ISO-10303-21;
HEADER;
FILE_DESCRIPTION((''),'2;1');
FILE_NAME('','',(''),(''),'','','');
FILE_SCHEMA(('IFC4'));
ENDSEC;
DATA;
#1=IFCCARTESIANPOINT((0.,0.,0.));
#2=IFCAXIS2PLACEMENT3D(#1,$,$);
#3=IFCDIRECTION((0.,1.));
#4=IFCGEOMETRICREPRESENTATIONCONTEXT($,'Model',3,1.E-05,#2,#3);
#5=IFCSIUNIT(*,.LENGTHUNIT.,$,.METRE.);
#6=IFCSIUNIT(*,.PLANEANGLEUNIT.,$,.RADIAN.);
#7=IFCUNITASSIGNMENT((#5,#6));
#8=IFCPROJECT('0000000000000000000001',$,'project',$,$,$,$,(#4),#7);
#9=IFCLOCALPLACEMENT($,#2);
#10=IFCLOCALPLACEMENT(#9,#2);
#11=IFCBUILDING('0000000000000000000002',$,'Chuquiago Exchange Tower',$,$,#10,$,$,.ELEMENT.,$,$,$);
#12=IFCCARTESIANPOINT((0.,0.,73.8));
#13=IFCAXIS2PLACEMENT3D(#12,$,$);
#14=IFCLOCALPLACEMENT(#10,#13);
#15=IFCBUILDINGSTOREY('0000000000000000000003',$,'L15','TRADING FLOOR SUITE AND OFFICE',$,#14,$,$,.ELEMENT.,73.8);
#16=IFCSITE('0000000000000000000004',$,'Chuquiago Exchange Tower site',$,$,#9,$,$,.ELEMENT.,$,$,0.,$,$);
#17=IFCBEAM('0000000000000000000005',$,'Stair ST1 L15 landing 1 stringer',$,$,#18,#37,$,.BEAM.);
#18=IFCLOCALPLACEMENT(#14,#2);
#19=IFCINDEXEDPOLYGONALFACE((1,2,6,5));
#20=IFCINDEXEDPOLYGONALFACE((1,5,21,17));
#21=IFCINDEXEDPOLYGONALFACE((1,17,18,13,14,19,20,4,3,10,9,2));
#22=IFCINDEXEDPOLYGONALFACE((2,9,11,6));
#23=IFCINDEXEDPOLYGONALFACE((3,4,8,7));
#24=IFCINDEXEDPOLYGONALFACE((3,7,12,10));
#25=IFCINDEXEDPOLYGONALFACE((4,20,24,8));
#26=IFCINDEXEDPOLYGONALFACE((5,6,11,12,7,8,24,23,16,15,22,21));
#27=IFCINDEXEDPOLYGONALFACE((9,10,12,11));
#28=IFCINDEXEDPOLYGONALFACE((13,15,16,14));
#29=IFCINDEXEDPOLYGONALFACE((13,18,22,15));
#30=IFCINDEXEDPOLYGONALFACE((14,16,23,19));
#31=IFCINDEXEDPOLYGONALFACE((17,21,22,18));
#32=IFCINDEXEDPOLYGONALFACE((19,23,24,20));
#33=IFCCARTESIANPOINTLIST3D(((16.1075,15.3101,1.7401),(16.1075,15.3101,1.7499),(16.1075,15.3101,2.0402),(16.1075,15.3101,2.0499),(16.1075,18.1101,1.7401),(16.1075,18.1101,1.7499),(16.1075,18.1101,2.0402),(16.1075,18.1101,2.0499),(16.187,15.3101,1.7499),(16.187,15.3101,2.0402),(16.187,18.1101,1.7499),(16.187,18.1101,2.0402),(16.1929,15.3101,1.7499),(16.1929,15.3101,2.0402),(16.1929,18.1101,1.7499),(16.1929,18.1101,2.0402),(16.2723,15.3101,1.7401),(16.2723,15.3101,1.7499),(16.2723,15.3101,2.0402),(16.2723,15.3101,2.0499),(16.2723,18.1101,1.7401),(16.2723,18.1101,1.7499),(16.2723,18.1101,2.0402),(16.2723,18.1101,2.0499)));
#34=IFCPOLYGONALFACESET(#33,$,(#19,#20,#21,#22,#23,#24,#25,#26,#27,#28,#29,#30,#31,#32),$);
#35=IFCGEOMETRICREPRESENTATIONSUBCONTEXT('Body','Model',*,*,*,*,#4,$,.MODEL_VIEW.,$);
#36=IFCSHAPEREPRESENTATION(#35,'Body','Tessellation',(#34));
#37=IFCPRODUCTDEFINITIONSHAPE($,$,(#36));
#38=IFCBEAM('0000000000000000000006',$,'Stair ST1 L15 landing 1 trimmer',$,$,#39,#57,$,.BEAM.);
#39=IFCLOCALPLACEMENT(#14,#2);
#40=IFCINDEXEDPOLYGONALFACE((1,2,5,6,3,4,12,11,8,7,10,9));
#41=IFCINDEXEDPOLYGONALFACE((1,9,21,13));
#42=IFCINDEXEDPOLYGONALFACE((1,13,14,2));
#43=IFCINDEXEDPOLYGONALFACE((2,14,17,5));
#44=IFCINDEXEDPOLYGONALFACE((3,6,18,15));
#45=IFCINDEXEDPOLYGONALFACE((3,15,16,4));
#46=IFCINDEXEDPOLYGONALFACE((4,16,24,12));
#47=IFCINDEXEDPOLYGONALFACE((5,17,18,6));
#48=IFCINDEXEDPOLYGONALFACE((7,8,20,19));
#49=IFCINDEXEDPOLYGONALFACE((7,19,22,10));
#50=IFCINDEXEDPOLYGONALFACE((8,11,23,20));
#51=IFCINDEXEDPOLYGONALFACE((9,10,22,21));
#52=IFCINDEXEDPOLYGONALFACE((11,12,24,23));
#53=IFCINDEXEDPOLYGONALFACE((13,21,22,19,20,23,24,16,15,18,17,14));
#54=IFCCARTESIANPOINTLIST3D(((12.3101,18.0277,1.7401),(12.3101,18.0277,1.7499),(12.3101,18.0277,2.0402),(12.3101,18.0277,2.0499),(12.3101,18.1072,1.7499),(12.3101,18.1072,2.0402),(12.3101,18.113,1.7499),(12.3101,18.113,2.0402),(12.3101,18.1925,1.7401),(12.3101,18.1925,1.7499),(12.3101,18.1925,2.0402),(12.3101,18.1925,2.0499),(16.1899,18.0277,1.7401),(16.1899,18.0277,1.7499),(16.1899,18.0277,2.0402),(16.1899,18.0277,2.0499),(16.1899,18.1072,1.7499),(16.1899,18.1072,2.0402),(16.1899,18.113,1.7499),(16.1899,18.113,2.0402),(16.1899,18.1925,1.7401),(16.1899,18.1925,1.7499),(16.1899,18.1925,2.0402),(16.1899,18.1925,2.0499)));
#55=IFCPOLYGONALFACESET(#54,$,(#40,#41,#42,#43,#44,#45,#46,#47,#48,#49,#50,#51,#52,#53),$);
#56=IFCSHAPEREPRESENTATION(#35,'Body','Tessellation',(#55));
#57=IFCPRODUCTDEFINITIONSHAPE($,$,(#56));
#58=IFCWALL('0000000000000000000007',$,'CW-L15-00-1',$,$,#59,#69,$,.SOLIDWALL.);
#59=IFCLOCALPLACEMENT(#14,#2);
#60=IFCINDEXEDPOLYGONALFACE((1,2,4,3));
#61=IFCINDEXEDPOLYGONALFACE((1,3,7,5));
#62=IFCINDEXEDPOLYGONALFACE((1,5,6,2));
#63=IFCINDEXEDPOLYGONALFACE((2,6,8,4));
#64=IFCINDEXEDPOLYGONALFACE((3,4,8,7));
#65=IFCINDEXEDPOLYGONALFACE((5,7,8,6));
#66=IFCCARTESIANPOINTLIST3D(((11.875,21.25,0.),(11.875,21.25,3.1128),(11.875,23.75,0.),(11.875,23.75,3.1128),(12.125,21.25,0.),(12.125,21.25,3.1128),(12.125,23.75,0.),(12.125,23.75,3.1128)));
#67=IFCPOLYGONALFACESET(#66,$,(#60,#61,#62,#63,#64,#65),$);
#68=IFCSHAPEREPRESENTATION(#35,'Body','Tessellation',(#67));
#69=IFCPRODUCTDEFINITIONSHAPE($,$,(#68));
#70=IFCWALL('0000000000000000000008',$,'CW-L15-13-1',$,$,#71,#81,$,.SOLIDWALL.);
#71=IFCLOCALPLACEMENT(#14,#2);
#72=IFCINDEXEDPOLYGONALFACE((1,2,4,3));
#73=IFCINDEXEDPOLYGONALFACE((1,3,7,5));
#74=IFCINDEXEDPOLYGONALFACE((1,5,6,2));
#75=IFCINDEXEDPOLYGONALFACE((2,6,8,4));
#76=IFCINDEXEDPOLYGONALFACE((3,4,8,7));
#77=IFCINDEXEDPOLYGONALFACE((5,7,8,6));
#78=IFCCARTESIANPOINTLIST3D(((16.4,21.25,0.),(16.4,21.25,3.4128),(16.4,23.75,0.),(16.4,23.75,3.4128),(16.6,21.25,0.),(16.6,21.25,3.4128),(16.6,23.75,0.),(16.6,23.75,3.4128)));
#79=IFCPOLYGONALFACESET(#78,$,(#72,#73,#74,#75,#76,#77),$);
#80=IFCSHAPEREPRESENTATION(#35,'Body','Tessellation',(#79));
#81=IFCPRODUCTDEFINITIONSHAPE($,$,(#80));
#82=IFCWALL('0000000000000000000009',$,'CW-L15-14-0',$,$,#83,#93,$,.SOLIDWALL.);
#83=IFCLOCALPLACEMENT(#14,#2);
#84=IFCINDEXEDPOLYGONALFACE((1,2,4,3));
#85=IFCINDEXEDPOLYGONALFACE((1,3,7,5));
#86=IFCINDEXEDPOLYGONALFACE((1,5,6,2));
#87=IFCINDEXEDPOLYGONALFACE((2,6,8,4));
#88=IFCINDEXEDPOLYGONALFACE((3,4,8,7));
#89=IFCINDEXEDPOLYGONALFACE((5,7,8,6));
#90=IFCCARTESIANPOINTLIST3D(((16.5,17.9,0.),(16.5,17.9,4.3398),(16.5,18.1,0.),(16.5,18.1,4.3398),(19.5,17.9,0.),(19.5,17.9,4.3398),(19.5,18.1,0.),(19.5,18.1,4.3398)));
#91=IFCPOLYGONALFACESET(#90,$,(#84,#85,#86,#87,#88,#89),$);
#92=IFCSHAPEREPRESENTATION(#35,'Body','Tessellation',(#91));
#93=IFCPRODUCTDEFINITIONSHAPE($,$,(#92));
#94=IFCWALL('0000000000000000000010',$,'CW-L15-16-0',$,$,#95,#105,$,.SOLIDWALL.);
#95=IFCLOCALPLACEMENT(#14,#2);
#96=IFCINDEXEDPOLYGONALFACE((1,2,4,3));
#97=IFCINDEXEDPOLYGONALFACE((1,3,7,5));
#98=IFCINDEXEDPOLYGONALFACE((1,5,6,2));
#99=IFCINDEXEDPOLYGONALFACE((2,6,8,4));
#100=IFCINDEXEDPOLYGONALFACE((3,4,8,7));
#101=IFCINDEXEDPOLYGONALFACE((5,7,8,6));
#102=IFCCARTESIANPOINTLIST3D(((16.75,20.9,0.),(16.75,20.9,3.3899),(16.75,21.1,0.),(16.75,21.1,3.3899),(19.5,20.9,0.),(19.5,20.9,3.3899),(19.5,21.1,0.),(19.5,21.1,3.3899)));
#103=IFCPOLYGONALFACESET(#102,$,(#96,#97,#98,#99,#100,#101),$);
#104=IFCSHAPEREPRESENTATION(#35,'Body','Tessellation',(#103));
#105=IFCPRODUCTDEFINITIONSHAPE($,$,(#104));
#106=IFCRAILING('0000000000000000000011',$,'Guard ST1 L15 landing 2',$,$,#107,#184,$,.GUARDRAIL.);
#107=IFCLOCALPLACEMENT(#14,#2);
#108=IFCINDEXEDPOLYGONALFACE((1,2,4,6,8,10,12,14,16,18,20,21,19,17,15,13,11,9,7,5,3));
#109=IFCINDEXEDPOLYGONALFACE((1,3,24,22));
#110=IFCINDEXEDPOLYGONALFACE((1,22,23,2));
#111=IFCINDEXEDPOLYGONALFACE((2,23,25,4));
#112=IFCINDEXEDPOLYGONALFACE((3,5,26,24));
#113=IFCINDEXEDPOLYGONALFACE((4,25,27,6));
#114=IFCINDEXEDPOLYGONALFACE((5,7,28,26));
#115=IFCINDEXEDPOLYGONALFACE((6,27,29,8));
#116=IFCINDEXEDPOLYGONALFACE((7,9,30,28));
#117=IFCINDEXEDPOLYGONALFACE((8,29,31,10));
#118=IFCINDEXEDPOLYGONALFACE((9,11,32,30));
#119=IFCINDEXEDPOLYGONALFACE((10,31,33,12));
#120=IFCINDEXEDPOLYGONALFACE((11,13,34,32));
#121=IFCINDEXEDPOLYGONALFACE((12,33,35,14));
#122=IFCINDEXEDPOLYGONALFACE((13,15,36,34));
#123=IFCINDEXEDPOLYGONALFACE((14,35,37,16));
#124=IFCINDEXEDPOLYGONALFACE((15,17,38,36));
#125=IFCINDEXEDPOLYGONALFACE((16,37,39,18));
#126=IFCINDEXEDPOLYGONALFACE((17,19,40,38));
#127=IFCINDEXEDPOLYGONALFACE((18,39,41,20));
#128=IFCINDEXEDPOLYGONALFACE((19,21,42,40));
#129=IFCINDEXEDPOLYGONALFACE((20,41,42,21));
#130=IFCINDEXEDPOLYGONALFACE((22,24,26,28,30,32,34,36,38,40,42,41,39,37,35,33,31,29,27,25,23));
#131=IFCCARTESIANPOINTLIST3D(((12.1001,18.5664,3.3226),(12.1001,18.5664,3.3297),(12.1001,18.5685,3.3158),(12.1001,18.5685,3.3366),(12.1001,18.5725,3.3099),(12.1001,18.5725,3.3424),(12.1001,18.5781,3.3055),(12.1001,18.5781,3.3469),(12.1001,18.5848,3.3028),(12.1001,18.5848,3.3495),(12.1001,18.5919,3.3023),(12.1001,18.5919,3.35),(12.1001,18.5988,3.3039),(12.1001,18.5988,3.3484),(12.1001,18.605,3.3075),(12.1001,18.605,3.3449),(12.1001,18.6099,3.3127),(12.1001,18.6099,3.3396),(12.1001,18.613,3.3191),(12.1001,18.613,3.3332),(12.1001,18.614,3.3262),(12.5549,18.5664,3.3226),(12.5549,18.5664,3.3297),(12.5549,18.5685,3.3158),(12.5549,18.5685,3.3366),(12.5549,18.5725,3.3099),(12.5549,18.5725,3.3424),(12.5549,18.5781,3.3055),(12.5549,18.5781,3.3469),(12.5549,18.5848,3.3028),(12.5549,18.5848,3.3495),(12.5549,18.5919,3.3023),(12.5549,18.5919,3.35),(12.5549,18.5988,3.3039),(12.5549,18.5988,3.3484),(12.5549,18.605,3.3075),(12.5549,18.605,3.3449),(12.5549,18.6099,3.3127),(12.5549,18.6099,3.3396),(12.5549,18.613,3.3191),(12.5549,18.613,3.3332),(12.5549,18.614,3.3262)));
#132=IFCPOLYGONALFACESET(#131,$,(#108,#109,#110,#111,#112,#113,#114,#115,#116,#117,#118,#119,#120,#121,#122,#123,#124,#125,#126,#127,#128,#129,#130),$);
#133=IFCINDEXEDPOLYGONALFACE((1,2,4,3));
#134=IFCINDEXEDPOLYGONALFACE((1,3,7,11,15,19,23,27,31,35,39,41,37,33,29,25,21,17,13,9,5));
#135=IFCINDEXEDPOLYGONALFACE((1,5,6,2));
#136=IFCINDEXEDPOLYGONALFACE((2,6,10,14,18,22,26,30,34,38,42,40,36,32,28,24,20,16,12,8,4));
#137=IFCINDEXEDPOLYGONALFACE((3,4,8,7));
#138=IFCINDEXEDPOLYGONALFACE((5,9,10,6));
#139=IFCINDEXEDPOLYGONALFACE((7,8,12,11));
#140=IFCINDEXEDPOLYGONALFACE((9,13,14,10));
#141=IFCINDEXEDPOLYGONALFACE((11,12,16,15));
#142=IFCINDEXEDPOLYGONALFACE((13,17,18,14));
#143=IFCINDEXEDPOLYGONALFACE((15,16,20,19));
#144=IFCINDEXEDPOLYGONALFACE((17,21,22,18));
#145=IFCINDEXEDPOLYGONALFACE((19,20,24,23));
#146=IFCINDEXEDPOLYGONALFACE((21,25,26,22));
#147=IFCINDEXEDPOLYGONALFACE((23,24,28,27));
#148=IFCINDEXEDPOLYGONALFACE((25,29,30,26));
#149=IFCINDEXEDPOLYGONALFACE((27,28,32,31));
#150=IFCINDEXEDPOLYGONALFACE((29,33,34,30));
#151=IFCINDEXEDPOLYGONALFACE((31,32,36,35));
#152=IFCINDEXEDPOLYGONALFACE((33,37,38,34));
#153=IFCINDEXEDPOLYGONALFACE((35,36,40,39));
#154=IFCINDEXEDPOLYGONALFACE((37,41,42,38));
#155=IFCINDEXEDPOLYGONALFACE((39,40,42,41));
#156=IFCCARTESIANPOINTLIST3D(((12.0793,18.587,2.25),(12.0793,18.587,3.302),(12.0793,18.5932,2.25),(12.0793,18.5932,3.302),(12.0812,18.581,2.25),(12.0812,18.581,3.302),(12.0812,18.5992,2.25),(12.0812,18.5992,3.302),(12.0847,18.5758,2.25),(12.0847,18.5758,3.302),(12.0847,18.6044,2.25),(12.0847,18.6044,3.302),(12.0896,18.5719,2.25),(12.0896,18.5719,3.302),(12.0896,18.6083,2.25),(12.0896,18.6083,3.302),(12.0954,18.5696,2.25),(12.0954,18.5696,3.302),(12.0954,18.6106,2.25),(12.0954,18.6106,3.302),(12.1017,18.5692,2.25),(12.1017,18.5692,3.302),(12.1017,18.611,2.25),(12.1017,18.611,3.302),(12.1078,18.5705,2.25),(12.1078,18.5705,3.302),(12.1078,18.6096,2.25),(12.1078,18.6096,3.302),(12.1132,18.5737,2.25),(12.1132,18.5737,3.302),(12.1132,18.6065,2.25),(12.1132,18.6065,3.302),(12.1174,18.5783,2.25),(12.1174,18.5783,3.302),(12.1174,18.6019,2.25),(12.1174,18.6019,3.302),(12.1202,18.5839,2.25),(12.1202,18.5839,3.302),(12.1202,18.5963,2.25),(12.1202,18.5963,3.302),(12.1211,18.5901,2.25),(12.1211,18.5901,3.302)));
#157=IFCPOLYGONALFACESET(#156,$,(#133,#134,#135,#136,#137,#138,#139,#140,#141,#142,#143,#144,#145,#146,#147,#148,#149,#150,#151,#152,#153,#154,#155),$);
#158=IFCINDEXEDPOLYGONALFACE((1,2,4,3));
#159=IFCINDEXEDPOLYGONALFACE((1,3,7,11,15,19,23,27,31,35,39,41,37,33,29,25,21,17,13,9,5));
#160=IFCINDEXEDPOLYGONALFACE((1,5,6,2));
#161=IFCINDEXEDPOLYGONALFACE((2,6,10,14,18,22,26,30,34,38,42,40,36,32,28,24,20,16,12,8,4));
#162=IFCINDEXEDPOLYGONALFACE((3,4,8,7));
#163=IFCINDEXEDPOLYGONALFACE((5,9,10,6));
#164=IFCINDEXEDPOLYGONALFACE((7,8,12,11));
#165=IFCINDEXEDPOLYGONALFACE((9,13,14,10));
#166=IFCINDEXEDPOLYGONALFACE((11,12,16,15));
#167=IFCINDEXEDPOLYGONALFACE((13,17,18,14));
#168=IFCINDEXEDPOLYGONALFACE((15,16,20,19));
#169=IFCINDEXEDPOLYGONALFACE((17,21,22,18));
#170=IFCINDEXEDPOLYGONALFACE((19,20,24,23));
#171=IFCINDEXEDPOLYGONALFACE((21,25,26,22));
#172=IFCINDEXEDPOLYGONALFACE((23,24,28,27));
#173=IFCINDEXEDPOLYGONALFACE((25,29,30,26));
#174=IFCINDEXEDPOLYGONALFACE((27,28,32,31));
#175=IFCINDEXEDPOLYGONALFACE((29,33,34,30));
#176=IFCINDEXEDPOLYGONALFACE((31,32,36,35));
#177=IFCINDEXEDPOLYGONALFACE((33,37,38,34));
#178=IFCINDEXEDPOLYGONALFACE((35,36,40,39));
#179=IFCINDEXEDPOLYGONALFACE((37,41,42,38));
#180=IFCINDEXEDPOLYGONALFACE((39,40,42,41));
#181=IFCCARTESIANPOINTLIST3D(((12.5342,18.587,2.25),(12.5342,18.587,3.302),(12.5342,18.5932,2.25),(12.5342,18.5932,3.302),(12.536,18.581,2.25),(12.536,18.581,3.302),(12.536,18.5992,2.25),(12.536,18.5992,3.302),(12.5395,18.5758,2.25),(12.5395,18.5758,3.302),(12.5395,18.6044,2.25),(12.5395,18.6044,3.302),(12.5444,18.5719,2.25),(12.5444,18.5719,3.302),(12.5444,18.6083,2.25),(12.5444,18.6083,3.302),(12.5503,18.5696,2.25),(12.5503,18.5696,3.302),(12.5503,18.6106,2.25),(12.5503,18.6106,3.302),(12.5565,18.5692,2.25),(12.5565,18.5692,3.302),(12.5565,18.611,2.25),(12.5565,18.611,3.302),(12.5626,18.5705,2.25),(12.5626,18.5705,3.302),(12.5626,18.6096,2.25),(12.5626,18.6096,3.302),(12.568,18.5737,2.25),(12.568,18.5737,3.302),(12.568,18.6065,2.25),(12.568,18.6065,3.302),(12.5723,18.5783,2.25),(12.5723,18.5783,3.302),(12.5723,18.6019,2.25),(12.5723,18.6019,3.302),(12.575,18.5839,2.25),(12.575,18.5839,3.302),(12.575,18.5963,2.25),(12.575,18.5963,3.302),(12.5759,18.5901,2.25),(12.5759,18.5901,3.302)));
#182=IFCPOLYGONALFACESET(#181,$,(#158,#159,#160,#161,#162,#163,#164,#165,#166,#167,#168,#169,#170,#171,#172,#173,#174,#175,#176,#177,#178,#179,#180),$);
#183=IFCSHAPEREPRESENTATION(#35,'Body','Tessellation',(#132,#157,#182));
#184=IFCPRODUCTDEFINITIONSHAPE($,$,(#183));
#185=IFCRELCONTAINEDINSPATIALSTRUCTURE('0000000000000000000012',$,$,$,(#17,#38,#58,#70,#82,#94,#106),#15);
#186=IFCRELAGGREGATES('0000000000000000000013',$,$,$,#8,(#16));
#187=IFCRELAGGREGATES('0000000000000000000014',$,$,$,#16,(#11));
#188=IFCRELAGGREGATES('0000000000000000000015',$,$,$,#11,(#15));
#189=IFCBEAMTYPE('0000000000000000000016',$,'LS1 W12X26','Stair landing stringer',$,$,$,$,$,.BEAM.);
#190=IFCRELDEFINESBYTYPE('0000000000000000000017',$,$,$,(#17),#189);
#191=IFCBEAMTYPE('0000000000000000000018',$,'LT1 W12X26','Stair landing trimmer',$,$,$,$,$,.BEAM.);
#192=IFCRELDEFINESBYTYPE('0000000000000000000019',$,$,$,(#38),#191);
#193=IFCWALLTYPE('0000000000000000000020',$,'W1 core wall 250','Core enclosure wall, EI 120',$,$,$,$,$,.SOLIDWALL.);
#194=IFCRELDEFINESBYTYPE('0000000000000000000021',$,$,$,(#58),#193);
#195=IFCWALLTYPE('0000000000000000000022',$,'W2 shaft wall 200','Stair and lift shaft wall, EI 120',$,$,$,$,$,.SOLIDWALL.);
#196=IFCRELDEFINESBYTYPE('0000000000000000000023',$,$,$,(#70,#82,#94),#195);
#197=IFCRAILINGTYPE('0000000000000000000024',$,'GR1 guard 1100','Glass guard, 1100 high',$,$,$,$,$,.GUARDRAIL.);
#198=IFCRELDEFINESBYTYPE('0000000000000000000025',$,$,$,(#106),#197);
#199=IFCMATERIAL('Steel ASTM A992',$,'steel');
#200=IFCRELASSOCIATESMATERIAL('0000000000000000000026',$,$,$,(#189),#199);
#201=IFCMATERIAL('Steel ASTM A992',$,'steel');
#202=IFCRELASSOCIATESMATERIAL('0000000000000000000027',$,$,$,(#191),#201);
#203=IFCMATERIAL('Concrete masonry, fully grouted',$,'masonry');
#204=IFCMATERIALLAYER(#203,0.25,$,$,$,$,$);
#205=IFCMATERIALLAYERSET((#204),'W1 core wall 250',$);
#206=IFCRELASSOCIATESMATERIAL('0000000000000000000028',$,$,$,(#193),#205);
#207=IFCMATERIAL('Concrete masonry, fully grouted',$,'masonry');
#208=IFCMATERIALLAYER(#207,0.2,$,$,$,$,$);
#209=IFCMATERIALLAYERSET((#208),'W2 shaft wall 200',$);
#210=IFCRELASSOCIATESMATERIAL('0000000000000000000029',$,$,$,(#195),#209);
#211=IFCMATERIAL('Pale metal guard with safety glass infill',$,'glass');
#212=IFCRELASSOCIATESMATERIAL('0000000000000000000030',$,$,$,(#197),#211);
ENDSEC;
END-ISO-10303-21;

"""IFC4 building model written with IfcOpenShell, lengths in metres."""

from ifc_helpers import new_model, si_unit, direction, frame, frame_2d, origin, origin_2d, place, context, subcontext, project, spatial, rectangle, circle, i_section, extrude, material, layer, layer_set, material_profile, profile_set, type_object, element, save


model = new_model("IFC4")

# Units and contexts
model_context = context("Model", 3, precision=1e-05, world=origin(), true_north=direction((0.0, 1.0)))
body_context = subcontext(model_context, "Body", "Model", "MODEL_VIEW")
ifc_project = project(units=[si_unit("LENGTHUNIT", "METRE"), si_unit("PLANEANGLEUNIT", "RADIAN")], contexts=[model_context])

# Site, building, storey
site_placement = place(None, origin())
site = spatial("IfcSite", under=ifc_project, at=site_placement, Name="Chuquiago Exchange Tower site", CompositionType="ELEMENT", RefElevation=0.0)
building_placement = place(site_placement, origin())
building = spatial("IfcBuilding", under=site, at=building_placement, Name="Chuquiago Exchange Tower", CompositionType="ELEMENT")
storey_placement = place(building_placement, frame((0.0, 0.0, 73.8)))
storey = spatial("IfcBuildingStorey", under=building, at=storey_placement, Name="L15", Description="TRADING FLOOR SUITE AND OFFICE", CompositionType="ELEMENT", Elevation=73.8)

# Beams
ifc_material_1 = material(Name="Steel ASTM A992", Category="steel")
ifc_material_profile_1 = material_profile(ifc_material_1, i_section(OverallWidth=0.1648, OverallDepth=0.3098, WebThickness=0.0059, FlangeThickness=0.0098, at=origin_2d()), Name="W12X26")
ifc_profile_set_1 = profile_set([ifc_material_profile_1], Name="Steel ASTM A992")
beam_type_1 = type_object("IfcBeamType", Name="LS1 W12X26", Description="Stair landing stringer", PredefinedType="BEAM", material=ifc_profile_set_1)
for number, where, z_axis, x_axis, name in (
    (1, (16.1899, 15.3101, 1.895), (0.0, 1.0, 0.0), (-1.0, 0.0, 0.0), "Stair ST1 L15 landing 1 stringer"),
):
    element("IfcBeam", number, at=place(storey_placement, frame(where, z_axis=z_axis, x_axis=x_axis)), inside=storey, type_object=beam_type_1, Name=name, PredefinedType="BEAM", context=body_context, shape_type="SweptSolid", body=[
        extrude(i_section(OverallWidth=0.1648, OverallDepth=0.3098, WebThickness=0.0059, FlangeThickness=0.0098, at=origin_2d()), origin(), (0.0, 0.0, 1.0), 2.8),
    ])
ifc_material_2 = material(Name="Steel ASTM A992", Category="steel")
ifc_material_profile_2 = material_profile(ifc_material_2, i_section(OverallWidth=0.1648, OverallDepth=0.3098, WebThickness=0.0059, FlangeThickness=0.0098, at=origin_2d()), Name="W12X26")
ifc_profile_set_2 = profile_set([ifc_material_profile_2], Name="Steel ASTM A992")
beam_type_2 = type_object("IfcBeamType", Name="LT1 W12X26", Description="Stair landing trimmer", PredefinedType="BEAM", material=ifc_profile_set_2)
beam_1_placement = place(storey_placement, frame((12.3101, 18.1101, 1.895), z_axis=(1.0, 0.0, 0.0), x_axis=(0.0, 1.0, 0.0)))
element("IfcBeam", 2, at=beam_1_placement, inside=storey, type_object=beam_type_2, Name="Stair ST1 L15 landing 1 trimmer", PredefinedType="BEAM", context=body_context, shape_type="SweptSolid", body=[
    extrude(i_section(OverallWidth=0.1648, OverallDepth=0.3098, WebThickness=0.0059, FlangeThickness=0.0098, at=origin_2d()), origin(), (0.0, 0.0, 1.0), 3.8799),
])

# Walls
ifc_material_3 = material(Name="Concrete masonry, fully grouted", Category="masonry")
ifc_layer_1 = layer(ifc_material_3, 0.25)
ifc_layer_set_1 = layer_set([ifc_layer_1], Name="W1 core wall 250")
wall_type_1 = type_object("IfcWallType", Name="W1 core wall 250", Description="Core enclosure wall, EI 120", PredefinedType="SOLIDWALL", material=ifc_layer_set_1)
wall_1_placement = place(storey_placement, frame((12.0, 21.25, 0.0), z_axis=(0.0, 0.0, 1.0), x_axis=(0.0, 1.0, 0.0)))
element("IfcWall", 3, at=wall_1_placement, inside=storey, type_object=wall_type_1, Name="CW-L15-00-1", PredefinedType="SOLIDWALL", context=body_context, shape_type="SweptSolid", body=[
    extrude(rectangle(XDim=2.5, YDim=0.25, at=frame_2d((1.25, 0.0))), origin(), (0.0, 0.0, 1.0), 3.1128),
])
ifc_material_4 = material(Name="Concrete masonry, fully grouted", Category="masonry")
ifc_layer_2 = layer(ifc_material_4, 0.2)
ifc_layer_set_2 = layer_set([ifc_layer_2], Name="W2 shaft wall 200")
wall_type_2 = type_object("IfcWallType", Name="W2 shaft wall 200", Description="Stair and lift shaft wall, EI 120", PredefinedType="SOLIDWALL", material=ifc_layer_set_2)
wall_2_placement = place(storey_placement, frame((16.5, 21.25, 0.0), z_axis=(0.0, 0.0, 1.0), x_axis=(0.0, 1.0, 0.0)))
element("IfcWall", 4, at=wall_2_placement, inside=storey, type_object=wall_type_2, Name="CW-L15-13-1", PredefinedType="SOLIDWALL", context=body_context, shape_type="SweptSolid", body=[
    extrude(rectangle(XDim=2.5, YDim=0.2, at=frame_2d((1.25, 0.0))), origin(), (0.0, 0.0, 1.0), 3.4128),
])
wall_3_placement = place(storey_placement, frame((16.5, 18.0, 0.0), z_axis=(0.0, 0.0, 1.0), x_axis=(1.0, 0.0, 0.0)))
element("IfcWall", 5, at=wall_3_placement, inside=storey, type_object=wall_type_2, Name="CW-L15-14-0", PredefinedType="SOLIDWALL", context=body_context, shape_type="SweptSolid", body=[
    extrude(rectangle(XDim=3.0, YDim=0.2, at=frame_2d((1.5, 0.0))), origin(), (0.0, 0.0, 1.0), 4.3398),
])
wall_4_placement = place(storey_placement, frame((16.75, 21.0, 0.0), z_axis=(0.0, 0.0, 1.0), x_axis=(1.0, 0.0, 0.0)))
element("IfcWall", 6, at=wall_4_placement, inside=storey, type_object=wall_type_2, Name="CW-L15-16-0", PredefinedType="SOLIDWALL", context=body_context, shape_type="SweptSolid", body=[
    extrude(rectangle(XDim=2.75, YDim=0.2, at=frame_2d((1.375, 0.0))), origin(), (0.0, 0.0, 1.0), 3.3899),
])

# Railing
ifc_material_5 = material(Name="Pale metal guard with safety glass infill", Category="glass")
railing_type_1 = type_object("IfcRailingType", Name="GR1 guard 1100", Description="Glass guard, 1100 high", PredefinedType="GUARDRAIL", material=ifc_material_5)
for number, where, name in (
    (7, (12.1001, 18.5901, 2.25), "Guard ST1 L15 landing 2"),
):
    element("IfcRailing", number, at=place(storey_placement, frame(where)), inside=storey, type_object=railing_type_1, Name=name, PredefinedType="GUARDRAIL", context=body_context, shape_type="SweptSolid", body=[
        extrude(circle(Radius=0.0239, at=origin_2d()), frame((0.0, 0.0, 1.0762), z_axis=(1.0, 0.0, 0.0), x_axis=(0.0, 1.0, 0.0)), (0.0, 0.0, 1.0), 0.4548),
        extrude(circle(Radius=0.021, at=origin_2d()), origin(), (0.0, 0.0, 1.0), 1.052),
        extrude(circle(Radius=0.021, at=origin_2d()), frame((0.4548, 0.0, 0.0)), (0.0, 0.0, 1.0), 1.052),
    ])

save(model, "model.ifc")
